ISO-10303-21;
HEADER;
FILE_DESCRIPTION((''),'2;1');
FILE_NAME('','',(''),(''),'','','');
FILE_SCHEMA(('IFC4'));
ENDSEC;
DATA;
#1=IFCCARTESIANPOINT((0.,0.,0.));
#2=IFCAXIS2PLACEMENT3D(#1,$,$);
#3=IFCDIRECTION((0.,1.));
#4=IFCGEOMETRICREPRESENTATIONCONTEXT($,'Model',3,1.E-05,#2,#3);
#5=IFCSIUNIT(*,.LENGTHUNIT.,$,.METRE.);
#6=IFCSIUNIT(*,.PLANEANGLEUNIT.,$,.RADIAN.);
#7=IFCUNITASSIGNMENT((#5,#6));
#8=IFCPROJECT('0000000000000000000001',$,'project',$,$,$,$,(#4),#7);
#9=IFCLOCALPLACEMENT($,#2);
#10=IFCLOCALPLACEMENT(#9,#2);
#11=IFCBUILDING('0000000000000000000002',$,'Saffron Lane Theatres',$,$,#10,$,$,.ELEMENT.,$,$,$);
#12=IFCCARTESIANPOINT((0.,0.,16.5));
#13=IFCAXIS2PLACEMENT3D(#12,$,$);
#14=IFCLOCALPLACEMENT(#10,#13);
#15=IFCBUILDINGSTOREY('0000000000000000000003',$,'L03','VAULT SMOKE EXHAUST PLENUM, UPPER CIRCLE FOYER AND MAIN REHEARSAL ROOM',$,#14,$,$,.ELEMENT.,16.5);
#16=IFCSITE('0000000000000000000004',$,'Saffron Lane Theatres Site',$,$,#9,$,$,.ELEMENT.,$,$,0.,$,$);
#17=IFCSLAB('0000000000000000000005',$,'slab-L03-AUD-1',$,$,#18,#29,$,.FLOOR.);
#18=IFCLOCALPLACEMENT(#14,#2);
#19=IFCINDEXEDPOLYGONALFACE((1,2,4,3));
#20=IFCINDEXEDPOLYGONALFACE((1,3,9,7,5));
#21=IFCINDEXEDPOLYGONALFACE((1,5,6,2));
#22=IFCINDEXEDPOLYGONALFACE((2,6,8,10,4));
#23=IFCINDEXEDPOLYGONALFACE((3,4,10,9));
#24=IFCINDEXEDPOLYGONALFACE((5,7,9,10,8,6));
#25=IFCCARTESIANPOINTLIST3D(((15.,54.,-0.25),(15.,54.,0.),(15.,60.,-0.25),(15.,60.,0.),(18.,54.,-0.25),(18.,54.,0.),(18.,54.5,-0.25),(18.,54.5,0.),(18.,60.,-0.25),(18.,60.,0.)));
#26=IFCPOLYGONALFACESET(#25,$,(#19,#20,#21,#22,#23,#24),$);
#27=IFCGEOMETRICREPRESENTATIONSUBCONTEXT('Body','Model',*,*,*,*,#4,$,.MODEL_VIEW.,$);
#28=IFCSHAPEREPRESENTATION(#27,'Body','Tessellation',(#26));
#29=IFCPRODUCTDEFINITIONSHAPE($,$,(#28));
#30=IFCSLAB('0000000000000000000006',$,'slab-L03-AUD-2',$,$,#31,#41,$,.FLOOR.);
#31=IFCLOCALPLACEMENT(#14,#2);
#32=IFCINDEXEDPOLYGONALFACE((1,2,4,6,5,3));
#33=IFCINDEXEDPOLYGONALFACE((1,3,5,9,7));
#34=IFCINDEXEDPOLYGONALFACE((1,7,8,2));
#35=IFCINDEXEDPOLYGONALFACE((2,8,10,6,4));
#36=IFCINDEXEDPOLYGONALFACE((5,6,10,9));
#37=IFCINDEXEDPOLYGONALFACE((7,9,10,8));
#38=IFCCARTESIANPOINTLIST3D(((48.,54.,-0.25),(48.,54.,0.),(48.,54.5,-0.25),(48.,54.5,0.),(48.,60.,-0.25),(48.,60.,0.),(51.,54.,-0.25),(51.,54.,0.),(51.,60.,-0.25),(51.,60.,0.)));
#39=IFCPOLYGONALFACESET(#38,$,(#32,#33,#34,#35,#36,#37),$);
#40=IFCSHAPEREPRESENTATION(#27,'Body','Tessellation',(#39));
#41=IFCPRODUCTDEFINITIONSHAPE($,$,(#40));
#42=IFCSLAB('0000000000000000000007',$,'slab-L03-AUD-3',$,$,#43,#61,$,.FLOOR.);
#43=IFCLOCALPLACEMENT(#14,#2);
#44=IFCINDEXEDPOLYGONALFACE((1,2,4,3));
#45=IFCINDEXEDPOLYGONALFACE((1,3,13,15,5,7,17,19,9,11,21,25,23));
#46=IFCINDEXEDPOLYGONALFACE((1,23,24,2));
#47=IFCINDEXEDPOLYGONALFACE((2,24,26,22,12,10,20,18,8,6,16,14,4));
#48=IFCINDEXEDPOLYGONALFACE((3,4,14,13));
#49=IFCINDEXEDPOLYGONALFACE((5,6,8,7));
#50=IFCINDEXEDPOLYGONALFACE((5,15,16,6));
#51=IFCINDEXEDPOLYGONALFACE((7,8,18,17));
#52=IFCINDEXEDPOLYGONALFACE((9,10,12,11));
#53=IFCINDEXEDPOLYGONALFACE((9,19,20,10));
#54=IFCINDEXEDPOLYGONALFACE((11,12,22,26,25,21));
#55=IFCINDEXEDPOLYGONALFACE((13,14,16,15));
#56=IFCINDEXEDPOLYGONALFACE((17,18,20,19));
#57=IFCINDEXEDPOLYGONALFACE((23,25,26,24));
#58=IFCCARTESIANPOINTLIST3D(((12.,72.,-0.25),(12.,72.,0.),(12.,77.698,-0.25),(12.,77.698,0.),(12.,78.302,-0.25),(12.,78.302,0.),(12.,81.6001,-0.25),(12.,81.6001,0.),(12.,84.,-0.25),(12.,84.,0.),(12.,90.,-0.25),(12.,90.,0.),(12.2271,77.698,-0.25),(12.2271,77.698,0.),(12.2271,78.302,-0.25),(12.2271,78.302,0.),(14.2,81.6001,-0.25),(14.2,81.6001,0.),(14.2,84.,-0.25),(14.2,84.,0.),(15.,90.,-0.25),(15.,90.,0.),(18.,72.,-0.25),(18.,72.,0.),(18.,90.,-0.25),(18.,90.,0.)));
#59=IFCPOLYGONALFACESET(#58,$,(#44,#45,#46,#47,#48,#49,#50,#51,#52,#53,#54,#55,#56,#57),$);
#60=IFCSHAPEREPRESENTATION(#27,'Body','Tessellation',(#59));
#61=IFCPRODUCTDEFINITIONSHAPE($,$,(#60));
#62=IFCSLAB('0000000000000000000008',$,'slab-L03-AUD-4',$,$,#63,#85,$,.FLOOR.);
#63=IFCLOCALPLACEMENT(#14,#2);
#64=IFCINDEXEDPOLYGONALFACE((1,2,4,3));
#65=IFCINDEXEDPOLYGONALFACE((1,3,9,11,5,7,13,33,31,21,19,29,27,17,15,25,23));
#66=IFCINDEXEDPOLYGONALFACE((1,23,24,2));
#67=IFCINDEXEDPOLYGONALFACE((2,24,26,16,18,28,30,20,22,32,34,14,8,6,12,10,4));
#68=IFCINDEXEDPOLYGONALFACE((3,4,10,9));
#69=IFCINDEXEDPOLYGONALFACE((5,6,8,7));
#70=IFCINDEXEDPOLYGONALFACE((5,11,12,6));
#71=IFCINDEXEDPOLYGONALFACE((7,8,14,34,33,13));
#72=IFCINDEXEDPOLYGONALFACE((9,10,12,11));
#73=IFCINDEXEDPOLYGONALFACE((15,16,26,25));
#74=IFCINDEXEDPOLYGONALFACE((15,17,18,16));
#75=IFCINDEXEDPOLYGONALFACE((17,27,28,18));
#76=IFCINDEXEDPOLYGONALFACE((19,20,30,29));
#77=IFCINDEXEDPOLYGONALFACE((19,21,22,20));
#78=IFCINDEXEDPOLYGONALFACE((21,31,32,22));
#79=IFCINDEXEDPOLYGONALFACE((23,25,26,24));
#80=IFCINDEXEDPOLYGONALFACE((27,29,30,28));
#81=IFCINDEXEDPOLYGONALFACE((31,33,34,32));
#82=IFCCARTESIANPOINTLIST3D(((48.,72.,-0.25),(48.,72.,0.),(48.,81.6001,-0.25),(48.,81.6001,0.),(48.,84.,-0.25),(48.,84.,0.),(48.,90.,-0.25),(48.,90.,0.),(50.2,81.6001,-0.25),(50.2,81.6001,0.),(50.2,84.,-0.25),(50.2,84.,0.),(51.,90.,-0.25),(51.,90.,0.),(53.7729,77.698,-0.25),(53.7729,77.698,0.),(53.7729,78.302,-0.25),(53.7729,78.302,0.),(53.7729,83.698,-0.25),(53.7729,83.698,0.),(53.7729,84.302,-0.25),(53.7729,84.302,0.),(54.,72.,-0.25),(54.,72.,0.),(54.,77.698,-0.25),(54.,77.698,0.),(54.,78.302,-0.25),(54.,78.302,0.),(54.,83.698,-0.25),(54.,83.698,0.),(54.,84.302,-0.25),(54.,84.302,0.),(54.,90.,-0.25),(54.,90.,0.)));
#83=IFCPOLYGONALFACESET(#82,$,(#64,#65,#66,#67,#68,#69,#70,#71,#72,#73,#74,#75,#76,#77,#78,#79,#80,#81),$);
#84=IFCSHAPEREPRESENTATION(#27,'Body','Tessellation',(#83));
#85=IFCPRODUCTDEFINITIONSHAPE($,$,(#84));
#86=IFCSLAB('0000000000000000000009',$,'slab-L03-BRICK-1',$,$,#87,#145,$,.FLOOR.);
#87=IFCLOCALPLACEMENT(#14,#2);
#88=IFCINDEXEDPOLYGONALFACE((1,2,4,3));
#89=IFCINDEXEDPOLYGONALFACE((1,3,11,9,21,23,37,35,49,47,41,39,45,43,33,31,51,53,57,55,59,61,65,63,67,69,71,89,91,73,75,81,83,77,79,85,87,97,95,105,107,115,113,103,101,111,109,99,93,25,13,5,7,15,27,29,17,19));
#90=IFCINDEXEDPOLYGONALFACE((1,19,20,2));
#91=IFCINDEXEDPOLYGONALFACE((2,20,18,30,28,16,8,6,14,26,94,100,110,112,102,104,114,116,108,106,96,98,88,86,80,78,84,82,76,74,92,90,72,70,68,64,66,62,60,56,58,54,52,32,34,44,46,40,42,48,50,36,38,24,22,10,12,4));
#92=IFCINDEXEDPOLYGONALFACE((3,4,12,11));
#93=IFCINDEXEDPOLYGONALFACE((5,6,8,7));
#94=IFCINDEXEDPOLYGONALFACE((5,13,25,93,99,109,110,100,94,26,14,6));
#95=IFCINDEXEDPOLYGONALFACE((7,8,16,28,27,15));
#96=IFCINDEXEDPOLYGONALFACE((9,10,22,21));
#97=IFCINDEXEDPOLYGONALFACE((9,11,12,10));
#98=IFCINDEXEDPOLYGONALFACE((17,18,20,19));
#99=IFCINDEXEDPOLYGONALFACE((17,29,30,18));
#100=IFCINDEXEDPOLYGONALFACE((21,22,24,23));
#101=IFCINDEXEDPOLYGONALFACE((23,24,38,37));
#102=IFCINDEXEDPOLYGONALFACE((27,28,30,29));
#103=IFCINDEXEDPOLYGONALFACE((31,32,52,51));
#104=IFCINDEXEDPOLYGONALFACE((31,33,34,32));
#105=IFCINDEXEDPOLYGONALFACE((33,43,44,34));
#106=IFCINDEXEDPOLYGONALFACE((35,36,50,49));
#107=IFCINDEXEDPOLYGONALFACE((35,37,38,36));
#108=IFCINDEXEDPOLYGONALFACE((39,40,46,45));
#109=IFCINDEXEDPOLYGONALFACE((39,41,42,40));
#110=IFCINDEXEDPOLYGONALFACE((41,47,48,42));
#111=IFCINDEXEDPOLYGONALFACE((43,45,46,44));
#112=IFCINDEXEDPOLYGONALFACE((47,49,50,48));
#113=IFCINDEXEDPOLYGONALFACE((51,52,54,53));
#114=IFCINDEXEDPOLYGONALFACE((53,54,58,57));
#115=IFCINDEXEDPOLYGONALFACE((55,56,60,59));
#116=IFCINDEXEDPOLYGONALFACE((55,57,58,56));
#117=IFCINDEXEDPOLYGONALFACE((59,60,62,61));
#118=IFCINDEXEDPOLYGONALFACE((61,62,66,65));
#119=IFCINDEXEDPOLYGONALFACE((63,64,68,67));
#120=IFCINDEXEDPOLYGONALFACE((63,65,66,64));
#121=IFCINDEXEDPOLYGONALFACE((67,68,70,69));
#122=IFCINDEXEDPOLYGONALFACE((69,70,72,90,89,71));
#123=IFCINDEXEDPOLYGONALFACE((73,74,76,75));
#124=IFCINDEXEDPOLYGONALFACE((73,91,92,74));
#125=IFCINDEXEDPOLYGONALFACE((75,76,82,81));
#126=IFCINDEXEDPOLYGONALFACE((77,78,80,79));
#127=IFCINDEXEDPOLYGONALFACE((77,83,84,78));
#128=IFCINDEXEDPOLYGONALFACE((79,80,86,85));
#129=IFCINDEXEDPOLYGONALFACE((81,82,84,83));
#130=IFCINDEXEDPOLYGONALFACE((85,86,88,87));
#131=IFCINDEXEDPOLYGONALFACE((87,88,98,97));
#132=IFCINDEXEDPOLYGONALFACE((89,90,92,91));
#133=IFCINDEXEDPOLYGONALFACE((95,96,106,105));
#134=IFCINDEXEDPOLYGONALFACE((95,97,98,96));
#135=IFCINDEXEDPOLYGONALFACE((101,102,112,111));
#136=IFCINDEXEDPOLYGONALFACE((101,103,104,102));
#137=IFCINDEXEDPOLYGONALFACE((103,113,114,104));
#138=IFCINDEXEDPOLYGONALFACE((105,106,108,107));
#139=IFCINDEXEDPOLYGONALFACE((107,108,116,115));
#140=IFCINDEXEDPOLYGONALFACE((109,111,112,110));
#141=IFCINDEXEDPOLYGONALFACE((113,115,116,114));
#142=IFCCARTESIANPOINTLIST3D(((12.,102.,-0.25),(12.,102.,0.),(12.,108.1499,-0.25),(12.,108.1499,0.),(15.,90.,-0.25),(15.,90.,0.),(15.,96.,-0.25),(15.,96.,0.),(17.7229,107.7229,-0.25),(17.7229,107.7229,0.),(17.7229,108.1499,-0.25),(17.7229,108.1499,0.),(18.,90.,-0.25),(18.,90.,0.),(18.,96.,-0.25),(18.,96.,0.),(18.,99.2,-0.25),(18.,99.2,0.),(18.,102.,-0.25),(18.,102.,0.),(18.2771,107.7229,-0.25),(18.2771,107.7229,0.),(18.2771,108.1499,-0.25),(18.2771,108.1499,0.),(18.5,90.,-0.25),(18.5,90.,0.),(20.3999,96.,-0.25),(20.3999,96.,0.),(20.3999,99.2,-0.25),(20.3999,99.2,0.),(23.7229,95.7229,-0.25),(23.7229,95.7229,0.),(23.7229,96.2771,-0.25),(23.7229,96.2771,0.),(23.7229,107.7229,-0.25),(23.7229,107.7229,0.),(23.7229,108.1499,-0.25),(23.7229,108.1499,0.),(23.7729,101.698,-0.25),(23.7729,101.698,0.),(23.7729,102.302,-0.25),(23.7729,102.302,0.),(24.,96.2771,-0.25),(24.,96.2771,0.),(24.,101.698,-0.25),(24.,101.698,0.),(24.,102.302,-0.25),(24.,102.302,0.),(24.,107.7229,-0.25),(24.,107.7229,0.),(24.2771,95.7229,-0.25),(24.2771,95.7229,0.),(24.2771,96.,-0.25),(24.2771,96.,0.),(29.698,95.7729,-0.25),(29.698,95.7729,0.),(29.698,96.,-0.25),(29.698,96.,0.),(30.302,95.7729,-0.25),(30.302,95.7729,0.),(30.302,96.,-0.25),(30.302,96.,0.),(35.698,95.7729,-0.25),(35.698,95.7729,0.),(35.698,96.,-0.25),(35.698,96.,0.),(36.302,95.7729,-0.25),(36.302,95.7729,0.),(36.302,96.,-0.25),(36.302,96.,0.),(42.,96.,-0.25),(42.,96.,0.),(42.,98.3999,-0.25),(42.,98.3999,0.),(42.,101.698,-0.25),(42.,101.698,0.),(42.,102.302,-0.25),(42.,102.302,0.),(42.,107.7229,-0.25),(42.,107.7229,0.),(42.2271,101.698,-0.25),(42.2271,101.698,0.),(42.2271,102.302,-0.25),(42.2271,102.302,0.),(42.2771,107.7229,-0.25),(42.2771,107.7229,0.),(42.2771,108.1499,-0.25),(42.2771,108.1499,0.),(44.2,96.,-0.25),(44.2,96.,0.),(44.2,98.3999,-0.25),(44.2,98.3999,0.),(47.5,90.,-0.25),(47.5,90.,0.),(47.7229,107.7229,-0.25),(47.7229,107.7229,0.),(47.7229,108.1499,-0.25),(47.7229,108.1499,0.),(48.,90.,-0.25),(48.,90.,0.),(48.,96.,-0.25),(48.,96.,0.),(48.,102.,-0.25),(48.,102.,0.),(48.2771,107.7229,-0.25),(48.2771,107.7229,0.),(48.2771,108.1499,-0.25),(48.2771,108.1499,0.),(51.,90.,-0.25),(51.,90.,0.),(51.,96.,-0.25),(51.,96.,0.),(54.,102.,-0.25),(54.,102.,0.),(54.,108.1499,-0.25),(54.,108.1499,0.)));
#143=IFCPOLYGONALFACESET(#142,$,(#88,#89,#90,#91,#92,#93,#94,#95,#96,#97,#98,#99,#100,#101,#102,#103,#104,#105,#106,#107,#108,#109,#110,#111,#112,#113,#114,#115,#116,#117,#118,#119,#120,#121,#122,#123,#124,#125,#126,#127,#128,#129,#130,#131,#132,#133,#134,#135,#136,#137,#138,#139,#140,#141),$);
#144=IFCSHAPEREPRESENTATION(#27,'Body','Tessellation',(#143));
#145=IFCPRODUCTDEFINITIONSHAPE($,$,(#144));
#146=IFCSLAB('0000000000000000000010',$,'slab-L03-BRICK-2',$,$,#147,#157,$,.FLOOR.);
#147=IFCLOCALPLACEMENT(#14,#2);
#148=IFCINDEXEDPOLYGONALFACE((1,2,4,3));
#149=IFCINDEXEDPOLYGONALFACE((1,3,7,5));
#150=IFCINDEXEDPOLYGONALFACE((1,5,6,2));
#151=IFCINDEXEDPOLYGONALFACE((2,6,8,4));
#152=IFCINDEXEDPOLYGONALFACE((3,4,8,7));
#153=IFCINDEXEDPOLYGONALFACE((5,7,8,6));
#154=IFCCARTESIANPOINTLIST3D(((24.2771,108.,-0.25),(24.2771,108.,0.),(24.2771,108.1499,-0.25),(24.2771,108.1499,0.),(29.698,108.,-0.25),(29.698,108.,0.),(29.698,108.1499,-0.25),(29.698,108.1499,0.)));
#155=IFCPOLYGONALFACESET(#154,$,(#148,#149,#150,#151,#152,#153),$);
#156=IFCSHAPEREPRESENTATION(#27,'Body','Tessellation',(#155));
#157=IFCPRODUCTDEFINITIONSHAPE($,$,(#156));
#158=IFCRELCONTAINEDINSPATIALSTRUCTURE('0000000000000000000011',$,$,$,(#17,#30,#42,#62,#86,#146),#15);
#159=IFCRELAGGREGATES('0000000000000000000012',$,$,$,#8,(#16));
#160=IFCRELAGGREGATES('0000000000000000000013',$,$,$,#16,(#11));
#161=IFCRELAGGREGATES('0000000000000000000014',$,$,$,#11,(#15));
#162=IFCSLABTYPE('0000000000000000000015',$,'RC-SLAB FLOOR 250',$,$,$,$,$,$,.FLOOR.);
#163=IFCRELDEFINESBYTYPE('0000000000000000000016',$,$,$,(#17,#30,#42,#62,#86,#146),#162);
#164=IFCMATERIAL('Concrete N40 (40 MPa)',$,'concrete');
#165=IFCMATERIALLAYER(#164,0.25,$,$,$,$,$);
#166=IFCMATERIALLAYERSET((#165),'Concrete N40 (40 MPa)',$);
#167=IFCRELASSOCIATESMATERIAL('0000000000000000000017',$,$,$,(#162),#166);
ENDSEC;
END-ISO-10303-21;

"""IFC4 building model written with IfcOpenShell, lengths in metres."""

from ifc_helpers import new_model, si_unit, direction, frame, origin, place, context, subcontext, project, spatial, polyline, outline, extrude, material, layer, layer_set, type_object, element, save


model = new_model("IFC4")

# Units and contexts
model_context = context("Model", 3, precision=1e-05, world=origin(), true_north=direction((0.0, 1.0)))
body_context = subcontext(model_context, "Body", "Model", "MODEL_VIEW")
ifc_project = project(units=[si_unit("LENGTHUNIT", "METRE"), si_unit("PLANEANGLEUNIT", "RADIAN")], contexts=[model_context])

# Site, building, storey
site_placement = place(None, origin())
site = spatial("IfcSite", under=ifc_project, at=site_placement, Name="Saffron Lane Theatres Site", CompositionType="ELEMENT", RefElevation=0.0)
building_placement = place(site_placement, origin())
building = spatial("IfcBuilding", under=site, at=building_placement, Name="Saffron Lane Theatres", CompositionType="ELEMENT")
storey_placement = place(building_placement, frame((0.0, 0.0, 16.5)))
storey = spatial("IfcBuildingStorey", under=building, at=storey_placement, Name="L03", Description="VAULT SMOKE EXHAUST PLENUM, UPPER CIRCLE FOYER AND MAIN REHEARSAL ROOM", CompositionType="ELEMENT", Elevation=16.5)

# Slabs
ifc_material_1 = material(Name="Concrete N40 (40 MPa)", Category="concrete")
ifc_layer_1 = layer(ifc_material_1, 0.25)
ifc_layer_set_1 = layer_set([ifc_layer_1], Name="Concrete N40 (40 MPa)")
slab_type_1 = type_object("IfcSlabType", Name="RC-SLAB FLOOR 250", PredefinedType="FLOOR", material=ifc_layer_set_1)
slab_1_placement = place(storey_placement, frame((0.0, 0.0, -0.25)))
element("IfcSlab", 1, at=slab_1_placement, inside=storey, type_object=slab_type_1, Name="slab-L03-AUD-1", PredefinedType="FLOOR", context=body_context, shape_type="SweptSolid", body=[
    extrude(outline(polyline([(15.0, 60.0), (15.0, 54.0), (18.0, 54.0), (18.0, 54.5), (18.0, 60.0), (15.0, 60.0)])), origin(), (0.0, 0.0, 1.0), 0.25),
])
slab_2_placement = place(storey_placement, frame((0.0, 0.0, -0.25)))
element("IfcSlab", 2, at=slab_2_placement, inside=storey, type_object=slab_type_1, Name="slab-L03-AUD-2", PredefinedType="FLOOR", context=body_context, shape_type="SweptSolid", body=[
    extrude(outline(polyline([(48.0, 54.5), (48.0, 54.0), (51.0, 54.0), (51.0, 60.0), (48.0, 60.0), (48.0, 54.5)])), origin(), (0.0, 0.0, 1.0), 0.25),
])
slab_3_placement = place(storey_placement, frame((0.0, 0.0, -0.25)))
element("IfcSlab", 3, at=slab_3_placement, inside=storey, type_object=slab_type_1, Name="slab-L03-AUD-3", PredefinedType="FLOOR", context=body_context, shape_type="SweptSolid", body=[
    extrude(outline(polyline([(18.0, 72.0), (18.0, 90.0), (15.0, 90.0), (12.0, 90.0), (12.0, 84.0), (14.2, 84.0), (14.2, 81.6001), (12.0, 81.6001), (12.0, 78.302), (12.2271, 78.302), (12.2271, 77.698), (12.0, 77.698), (12.0, 72.0), (18.0, 72.0)])), origin(), (0.0, 0.0, 1.0), 0.25),
])
slab_4_placement = place(storey_placement, frame((0.0, 0.0, -0.25)))
element("IfcSlab", 4, at=slab_4_placement, inside=storey, type_object=slab_type_1, Name="slab-L03-AUD-4", PredefinedType="FLOOR", context=body_context, shape_type="SweptSolid", body=[
    extrude(outline(polyline([(48.0, 72.0), (54.0, 72.0), (54.0, 77.698), (53.7729, 77.698), (53.7729, 78.302), (54.0, 78.302), (54.0, 83.698), (53.7729, 83.698), (53.7729, 84.302), (54.0, 84.302), (54.0, 90.0), (51.0, 90.0), (48.0, 90.0), (48.0, 84.0), (50.2, 84.0), (50.2, 81.6001), (48.0, 81.6001), (48.0, 72.0)])), origin(), (0.0, 0.0, 1.0), 0.25),
])
slab_5_placement = place(storey_placement, frame((0.0, 0.0, -0.25)))
element("IfcSlab", 5, at=slab_5_placement, inside=storey, type_object=slab_type_1, Name="slab-L03-BRICK-1", PredefinedType="FLOOR", context=body_context, shape_type="SweptSolid", body=[
    extrude(outline(polyline([(18.5, 90.0), (47.5, 90.0), (48.0, 90.0), (51.0, 90.0), (51.0, 96.0), (48.0, 96.0), (48.0, 102.0), (54.0, 102.0), (54.0, 108.1499), (48.2771, 108.1499), (48.2771, 107.7229), (47.7229, 107.7229), (47.7229, 108.1499), (42.2771, 108.1499), (42.2771, 107.7229), (42.0, 107.7229), (42.0, 102.302), (42.2271, 102.302), (42.2271, 101.698), (42.0, 101.698), (42.0, 98.3999), (44.2, 98.3999), (44.2, 96.0), (42.0, 96.0), (36.302, 96.0), (36.302, 95.7729), (35.698, 95.7729), (35.698, 96.0), (30.302, 96.0), (30.302, 95.7729), (29.698, 95.7729), (29.698, 96.0), (24.2771, 96.0), (24.2771, 95.7229), (23.7229, 95.7229), (23.7229, 96.2771), (24.0, 96.2771), (24.0, 101.698), (23.7729, 101.698), (23.7729, 102.302), (24.0, 102.302), (24.0, 107.7229), (23.7229, 107.7229), (23.7229, 108.1499), (18.2771, 108.1499), (18.2771, 107.7229), (17.7229, 107.7229), (17.7229, 108.1499), (12.0, 108.1499), (12.0, 102.0), (18.0, 102.0), (18.0, 99.2), (20.3999, 99.2), (20.3999, 96.0), (18.0, 96.0), (15.0, 96.0), (15.0, 90.0), (18.0, 90.0), (18.5, 90.0)])), origin(), (0.0, 0.0, 1.0), 0.25),
])
slab_6_placement = place(storey_placement, frame((0.0, 0.0, -0.25)))
element("IfcSlab", 6, at=slab_6_placement, inside=storey, type_object=slab_type_1, Name="slab-L03-BRICK-2", PredefinedType="FLOOR", context=body_context, shape_type="SweptSolid", body=[
    extrude(outline(polyline([(24.2771, 108.0), (29.698, 108.0), (29.698, 108.1499), (24.2771, 108.1499), (24.2771, 108.0)])), origin(), (0.0, 0.0, 1.0), 0.25),
])

save(model, "model.ifc")
